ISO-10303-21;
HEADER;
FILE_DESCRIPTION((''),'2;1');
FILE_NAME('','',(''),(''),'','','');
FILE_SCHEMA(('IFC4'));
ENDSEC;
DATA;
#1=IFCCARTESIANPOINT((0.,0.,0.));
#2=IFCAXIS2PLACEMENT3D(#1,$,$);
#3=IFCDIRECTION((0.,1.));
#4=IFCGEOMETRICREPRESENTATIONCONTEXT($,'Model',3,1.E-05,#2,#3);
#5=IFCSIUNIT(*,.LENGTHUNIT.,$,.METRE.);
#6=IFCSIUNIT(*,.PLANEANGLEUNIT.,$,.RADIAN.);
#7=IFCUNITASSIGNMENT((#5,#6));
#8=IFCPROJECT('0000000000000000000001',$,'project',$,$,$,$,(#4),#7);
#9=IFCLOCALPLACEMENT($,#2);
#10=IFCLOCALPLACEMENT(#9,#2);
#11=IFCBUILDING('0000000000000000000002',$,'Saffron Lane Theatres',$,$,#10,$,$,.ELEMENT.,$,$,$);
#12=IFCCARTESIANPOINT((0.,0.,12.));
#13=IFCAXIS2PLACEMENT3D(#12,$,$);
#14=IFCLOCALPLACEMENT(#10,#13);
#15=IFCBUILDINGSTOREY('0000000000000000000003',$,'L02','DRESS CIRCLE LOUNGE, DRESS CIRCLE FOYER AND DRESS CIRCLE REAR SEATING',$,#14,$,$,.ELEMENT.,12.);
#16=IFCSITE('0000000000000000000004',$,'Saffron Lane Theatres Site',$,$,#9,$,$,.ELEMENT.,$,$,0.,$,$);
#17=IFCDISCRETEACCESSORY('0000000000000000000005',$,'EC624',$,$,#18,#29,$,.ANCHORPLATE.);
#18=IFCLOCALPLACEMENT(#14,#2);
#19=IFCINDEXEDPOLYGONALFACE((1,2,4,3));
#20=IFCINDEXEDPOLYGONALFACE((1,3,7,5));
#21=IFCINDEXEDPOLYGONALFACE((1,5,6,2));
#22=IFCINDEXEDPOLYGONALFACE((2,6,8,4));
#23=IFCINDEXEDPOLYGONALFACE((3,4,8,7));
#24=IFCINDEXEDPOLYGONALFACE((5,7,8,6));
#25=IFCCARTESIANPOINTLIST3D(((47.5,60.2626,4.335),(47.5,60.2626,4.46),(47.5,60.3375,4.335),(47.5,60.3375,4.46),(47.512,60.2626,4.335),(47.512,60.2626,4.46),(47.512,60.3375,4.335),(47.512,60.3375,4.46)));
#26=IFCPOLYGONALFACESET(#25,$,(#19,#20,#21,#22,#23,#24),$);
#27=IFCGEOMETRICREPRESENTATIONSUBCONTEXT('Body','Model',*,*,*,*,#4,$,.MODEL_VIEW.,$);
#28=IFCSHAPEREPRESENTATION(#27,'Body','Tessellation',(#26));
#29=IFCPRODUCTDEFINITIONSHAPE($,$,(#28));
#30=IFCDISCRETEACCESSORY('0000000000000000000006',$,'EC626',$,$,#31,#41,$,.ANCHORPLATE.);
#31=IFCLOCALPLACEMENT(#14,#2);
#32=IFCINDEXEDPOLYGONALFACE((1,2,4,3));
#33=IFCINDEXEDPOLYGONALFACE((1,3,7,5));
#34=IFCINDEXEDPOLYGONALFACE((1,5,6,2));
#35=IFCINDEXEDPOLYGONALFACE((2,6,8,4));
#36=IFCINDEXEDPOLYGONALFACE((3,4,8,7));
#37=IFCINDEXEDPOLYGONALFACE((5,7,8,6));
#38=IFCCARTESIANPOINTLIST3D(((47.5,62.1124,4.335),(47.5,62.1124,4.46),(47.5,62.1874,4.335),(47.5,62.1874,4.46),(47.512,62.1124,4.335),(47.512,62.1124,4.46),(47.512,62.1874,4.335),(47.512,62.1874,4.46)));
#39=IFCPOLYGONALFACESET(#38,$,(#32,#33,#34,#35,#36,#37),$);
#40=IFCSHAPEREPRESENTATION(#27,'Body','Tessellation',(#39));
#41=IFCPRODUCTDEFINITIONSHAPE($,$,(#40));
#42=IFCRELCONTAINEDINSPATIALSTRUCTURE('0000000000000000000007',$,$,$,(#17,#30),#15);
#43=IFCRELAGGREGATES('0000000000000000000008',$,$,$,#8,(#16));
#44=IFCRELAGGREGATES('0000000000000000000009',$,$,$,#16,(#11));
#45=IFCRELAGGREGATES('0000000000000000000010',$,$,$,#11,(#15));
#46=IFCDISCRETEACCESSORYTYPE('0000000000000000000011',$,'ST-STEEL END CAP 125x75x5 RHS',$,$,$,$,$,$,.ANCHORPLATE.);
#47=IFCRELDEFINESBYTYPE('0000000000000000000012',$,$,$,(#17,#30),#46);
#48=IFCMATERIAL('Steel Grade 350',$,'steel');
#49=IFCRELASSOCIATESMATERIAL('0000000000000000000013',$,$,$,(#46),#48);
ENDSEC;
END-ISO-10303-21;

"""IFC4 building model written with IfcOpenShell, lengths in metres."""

from ifc_helpers import new_model, si_unit, direction, frame, origin, origin_2d, place, context, subcontext, project, spatial, rectangle, extrude, material, material_profile, profile_set, type_object, element, save


model = new_model("IFC4")

# Units and contexts
model_context = context("Model", 3, precision=1e-05, world=origin(), true_north=direction((0.0, 1.0)))
body_context = subcontext(model_context, "Body", "Model", "MODEL_VIEW")
ifc_project = project(units=[si_unit("LENGTHUNIT", "METRE"), si_unit("PLANEANGLEUNIT", "RADIAN")], contexts=[model_context])

# Site, building, storey
site_placement = place(None, origin())
site = spatial("IfcSite", under=ifc_project, at=site_placement, Name="Saffron Lane Theatres Site", CompositionType="ELEMENT", RefElevation=0.0)
building_placement = place(site_placement, origin())
building = spatial("IfcBuilding", under=site, at=building_placement, Name="Saffron Lane Theatres", CompositionType="ELEMENT")
storey_placement = place(building_placement, frame((0.0, 0.0, 12.0)))
storey = spatial("IfcBuildingStorey", under=building, at=storey_placement, Name="L02", Description="DRESS CIRCLE LOUNGE, DRESS CIRCLE FOYER AND DRESS CIRCLE REAR SEATING", CompositionType="ELEMENT", Elevation=12.0)

# Discrete accessories
ifc_material_1 = material(Name="Steel Grade 350", Category="steel")
ifc_material_profile = material_profile(ifc_material_1, rectangle(XDim=0.075, YDim=0.125, at=origin_2d()))
ifc_profile_set = profile_set([ifc_material_profile], Name="Steel Grade 350")
discrete_accessory_type = type_object("IfcDiscreteAccessoryType", Name="ST-STEEL END CAP 125x75x5 RHS", PredefinedType="ANCHORPLATE", material=ifc_profile_set)
for number, where, z_axis, x_axis, name in (
    (1, (47.5, 60.3, 4.3975), (1.0, 0.0, 0.0), (0.0, 1.0, 0.0), "EC624"),
    (2, (47.5, 62.1499, 4.3975), (1.0, 0.0, 0.0), (0.0, 1.0, 0.0), "EC626"),
):
    element("IfcDiscreteAccessory", number, at=place(storey_placement, frame(where, z_axis=z_axis, x_axis=x_axis)), inside=storey, type_object=discrete_accessory_type, Name=name, PredefinedType="ANCHORPLATE", context=body_context, shape_type="SweptSolid", body=[
        extrude(rectangle(XDim=0.075, YDim=0.125, at=origin_2d()), origin(), (0.0, 0.0, 1.0), 0.012),
    ])

save(model, "model.ifc")
